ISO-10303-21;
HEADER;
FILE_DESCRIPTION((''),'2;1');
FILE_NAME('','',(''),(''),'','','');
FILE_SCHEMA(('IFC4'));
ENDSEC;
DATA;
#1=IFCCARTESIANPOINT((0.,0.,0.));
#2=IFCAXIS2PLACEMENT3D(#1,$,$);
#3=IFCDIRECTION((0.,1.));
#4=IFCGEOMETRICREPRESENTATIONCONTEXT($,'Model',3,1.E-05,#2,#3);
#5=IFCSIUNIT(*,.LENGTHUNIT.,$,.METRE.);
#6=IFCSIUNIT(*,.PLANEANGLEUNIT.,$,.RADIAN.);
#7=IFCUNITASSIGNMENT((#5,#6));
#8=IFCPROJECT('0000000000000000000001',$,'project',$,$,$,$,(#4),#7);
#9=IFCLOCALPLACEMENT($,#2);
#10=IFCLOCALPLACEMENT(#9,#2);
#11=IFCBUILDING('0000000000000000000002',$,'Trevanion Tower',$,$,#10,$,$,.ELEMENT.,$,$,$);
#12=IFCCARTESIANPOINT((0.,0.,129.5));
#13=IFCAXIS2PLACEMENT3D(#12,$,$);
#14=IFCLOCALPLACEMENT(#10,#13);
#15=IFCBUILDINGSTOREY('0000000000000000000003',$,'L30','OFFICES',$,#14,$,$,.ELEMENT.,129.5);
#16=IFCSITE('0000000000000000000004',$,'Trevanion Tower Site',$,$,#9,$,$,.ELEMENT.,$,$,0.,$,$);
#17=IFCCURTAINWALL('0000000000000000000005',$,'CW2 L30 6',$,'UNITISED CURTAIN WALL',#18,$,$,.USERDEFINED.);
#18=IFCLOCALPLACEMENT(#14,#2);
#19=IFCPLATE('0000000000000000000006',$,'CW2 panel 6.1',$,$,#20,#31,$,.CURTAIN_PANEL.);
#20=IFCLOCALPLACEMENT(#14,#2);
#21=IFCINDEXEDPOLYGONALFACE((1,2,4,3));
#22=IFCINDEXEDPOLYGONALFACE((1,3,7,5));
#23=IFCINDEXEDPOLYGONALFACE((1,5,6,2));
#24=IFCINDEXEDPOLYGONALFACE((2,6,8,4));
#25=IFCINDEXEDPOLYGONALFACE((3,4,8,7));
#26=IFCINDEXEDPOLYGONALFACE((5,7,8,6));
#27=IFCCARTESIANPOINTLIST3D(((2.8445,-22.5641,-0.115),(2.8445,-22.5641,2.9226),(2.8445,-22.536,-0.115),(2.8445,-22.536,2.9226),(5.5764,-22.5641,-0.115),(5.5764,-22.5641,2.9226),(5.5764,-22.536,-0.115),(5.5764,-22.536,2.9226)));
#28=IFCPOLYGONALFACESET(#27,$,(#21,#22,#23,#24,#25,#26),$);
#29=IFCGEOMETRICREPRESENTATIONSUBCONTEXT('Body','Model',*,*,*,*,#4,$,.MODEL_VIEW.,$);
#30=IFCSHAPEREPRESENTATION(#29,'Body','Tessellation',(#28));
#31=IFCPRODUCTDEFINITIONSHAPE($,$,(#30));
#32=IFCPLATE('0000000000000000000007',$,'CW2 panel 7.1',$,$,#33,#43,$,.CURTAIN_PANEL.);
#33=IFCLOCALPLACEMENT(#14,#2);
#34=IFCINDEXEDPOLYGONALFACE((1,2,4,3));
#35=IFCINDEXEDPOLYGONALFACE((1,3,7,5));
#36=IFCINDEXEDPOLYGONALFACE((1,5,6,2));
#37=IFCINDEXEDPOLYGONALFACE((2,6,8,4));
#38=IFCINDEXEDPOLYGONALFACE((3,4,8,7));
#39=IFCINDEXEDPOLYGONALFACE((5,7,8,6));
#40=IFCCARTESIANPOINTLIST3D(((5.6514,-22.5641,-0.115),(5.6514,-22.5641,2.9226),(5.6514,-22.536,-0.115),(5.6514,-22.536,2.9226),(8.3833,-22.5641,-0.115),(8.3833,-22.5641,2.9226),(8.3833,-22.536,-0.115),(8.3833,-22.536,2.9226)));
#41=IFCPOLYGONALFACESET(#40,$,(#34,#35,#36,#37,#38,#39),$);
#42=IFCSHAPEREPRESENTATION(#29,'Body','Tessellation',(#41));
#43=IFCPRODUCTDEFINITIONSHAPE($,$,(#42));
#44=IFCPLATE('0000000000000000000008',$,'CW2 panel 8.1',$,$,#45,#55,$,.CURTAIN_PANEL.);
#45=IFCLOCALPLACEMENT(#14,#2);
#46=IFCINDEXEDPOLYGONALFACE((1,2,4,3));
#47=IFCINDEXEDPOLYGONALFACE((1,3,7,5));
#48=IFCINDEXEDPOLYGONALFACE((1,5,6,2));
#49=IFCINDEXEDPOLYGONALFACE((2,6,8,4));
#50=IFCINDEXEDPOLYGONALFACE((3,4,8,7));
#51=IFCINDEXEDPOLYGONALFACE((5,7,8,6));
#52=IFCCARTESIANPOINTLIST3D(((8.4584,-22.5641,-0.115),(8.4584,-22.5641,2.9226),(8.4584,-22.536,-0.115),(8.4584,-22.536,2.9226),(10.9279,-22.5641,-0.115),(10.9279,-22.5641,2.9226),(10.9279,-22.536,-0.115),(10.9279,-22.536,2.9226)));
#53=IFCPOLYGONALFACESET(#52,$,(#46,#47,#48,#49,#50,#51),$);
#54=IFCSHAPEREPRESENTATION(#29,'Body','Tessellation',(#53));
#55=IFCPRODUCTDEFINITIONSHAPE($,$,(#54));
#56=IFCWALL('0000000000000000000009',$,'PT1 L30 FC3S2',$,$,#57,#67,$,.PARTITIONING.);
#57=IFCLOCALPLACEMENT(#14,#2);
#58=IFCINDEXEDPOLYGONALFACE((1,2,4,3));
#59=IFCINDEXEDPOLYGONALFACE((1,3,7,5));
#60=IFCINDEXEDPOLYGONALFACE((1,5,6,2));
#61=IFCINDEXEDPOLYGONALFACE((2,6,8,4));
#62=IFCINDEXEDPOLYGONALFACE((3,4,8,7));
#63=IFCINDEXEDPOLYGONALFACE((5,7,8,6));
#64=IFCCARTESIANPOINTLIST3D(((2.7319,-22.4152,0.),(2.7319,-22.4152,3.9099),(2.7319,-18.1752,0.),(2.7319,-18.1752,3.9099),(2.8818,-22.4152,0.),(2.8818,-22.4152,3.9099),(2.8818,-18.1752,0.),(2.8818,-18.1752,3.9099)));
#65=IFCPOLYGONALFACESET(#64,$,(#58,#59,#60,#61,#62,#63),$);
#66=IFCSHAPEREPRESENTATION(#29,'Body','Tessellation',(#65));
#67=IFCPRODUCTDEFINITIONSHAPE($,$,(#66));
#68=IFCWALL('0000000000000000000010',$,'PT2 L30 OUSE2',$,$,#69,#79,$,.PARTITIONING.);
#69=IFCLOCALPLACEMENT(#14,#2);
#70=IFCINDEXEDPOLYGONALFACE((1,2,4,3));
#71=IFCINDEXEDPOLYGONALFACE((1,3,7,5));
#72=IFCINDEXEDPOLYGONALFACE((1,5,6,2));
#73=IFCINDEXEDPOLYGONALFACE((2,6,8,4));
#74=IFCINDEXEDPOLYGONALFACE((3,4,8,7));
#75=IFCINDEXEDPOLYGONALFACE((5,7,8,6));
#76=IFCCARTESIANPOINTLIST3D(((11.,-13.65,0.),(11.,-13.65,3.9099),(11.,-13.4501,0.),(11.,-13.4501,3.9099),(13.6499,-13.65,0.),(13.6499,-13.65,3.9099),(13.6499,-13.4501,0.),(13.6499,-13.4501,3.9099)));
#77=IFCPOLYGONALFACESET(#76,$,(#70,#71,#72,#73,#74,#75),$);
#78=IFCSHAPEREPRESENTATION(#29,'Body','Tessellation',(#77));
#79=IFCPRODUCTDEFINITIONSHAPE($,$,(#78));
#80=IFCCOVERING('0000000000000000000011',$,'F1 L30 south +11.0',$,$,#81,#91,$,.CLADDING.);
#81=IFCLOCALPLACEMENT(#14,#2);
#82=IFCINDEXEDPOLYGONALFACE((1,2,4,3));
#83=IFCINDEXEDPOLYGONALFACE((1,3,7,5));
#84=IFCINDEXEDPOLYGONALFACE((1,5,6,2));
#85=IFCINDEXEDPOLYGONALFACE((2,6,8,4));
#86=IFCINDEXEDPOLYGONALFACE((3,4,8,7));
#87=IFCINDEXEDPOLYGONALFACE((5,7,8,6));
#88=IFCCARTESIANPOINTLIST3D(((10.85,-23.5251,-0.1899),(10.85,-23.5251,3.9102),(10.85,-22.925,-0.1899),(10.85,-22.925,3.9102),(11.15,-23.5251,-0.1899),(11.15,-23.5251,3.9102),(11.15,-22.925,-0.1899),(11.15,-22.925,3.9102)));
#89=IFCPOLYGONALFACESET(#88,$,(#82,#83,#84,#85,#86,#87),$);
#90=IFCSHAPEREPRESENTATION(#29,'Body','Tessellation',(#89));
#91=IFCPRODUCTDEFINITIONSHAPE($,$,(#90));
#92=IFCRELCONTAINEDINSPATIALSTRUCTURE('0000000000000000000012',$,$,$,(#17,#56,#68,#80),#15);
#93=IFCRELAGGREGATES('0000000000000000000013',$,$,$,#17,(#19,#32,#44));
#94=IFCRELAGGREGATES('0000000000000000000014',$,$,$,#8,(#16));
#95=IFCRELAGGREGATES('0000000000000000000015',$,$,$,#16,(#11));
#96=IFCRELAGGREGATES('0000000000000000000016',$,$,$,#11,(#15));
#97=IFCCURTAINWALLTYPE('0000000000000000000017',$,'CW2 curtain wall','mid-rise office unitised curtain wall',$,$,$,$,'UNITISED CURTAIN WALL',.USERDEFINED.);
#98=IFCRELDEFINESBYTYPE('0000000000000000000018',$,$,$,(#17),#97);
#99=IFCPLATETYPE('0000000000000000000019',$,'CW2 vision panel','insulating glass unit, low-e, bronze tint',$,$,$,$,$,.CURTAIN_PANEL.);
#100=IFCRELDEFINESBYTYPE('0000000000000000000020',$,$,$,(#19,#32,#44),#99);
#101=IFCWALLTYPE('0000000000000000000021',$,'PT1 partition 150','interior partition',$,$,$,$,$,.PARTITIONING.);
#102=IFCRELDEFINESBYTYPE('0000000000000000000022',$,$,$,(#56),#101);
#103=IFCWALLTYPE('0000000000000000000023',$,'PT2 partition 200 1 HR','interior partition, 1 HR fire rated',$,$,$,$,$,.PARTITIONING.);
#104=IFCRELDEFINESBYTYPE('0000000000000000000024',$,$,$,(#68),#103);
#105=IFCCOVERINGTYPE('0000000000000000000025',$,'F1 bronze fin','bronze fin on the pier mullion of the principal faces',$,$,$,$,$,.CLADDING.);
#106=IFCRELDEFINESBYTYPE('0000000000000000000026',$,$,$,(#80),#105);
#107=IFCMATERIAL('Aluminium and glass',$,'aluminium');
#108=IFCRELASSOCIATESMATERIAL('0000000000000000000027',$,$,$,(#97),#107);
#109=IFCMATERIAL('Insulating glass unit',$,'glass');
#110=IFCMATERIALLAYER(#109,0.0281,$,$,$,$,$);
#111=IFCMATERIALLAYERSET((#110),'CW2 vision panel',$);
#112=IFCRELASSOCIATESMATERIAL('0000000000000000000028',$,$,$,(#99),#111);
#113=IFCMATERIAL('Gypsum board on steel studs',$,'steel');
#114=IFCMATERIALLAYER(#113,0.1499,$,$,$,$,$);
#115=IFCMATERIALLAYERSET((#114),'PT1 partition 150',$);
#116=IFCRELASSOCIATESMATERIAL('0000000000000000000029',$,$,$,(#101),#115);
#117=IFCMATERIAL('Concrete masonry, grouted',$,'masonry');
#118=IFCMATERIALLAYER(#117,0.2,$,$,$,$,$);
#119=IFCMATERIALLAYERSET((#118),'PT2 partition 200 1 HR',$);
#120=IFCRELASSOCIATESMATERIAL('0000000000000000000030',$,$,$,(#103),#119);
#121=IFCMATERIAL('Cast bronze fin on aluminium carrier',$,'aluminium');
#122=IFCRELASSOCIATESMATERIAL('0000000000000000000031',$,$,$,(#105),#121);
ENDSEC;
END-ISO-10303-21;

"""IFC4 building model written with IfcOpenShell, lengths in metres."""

from ifc_helpers import new_model, si_unit, direction, frame, frame_2d, origin, origin_2d, place, context, subcontext, project, spatial, rectangle, extrude, material, layer, layer_set, type_object, element, aggregate, save


model = new_model("IFC4")

# Units and contexts
model_context = context("Model", 3, precision=1e-05, world=origin(), true_north=direction((0.0, 1.0)))
body_context = subcontext(model_context, "Body", "Model", "MODEL_VIEW")
ifc_project = project(units=[si_unit("LENGTHUNIT", "METRE"), si_unit("PLANEANGLEUNIT", "RADIAN")], contexts=[model_context])

# Site, building, storey
site_placement = place(None, origin())
site = spatial("IfcSite", under=ifc_project, at=site_placement, Name="Trevanion Tower Site", CompositionType="ELEMENT", RefElevation=0.0)
building_placement = place(site_placement, origin())
building = spatial("IfcBuilding", under=site, at=building_placement, Name="Trevanion Tower", CompositionType="ELEMENT")
storey_placement = place(building_placement, frame((0.0, 0.0, 129.5)))
storey = spatial("IfcBuildingStorey", under=building, at=storey_placement, Name="L30", Description="OFFICES", CompositionType="ELEMENT", Elevation=129.5)

# Curtain wall
ifc_material_1 = material(Name="Aluminium and glass", Category="aluminium")
curtain_wall_type = type_object("IfcCurtainWallType", Name="CW2 curtain wall", Description="mid-rise office unitised curtain wall", ElementType="UNITISED CURTAIN WALL", PredefinedType="USERDEFINED", material=ifc_material_1)
curtain_wall_1_placement = place(storey_placement, origin())
curtain_wall_1 = element("IfcCurtainWall", 1, at=curtain_wall_1_placement, inside=storey, type_object=curtain_wall_type, Name="CW2 L30 6", ObjectType="UNITISED CURTAIN WALL", PredefinedType="USERDEFINED")

# Plates
ifc_material_2 = material(Name="Insulating glass unit", Category="glass")
ifc_layer_1 = layer(ifc_material_2, 0.0281)
ifc_layer_set_1 = layer_set([ifc_layer_1], Name="CW2 vision panel")
plate_type_1 = type_object("IfcPlateType", Name="CW2 vision panel", Description="insulating glass unit, low-e, bronze tint", PredefinedType="CURTAIN_PANEL", material=ifc_layer_set_1)
plate_1_placement = place(storey_placement, frame((4.2104, -22.55, -0.115), z_axis=(0.0, 0.0, 1.0), x_axis=(1.0, 0.0, 0.0)))
plate_1 = element("IfcPlate", 2, at=plate_1_placement, type_object=plate_type_1, Name="CW2 panel 6.1", PredefinedType="CURTAIN_PANEL", context=body_context, shape_type="SweptSolid", body=[
    extrude(rectangle(XDim=2.7319, YDim=0.0281, at=origin_2d()), origin(), (0.0, 0.0, 1.0), 3.0376),
])
plate_2_placement = place(storey_placement, frame((7.0173, -22.55, -0.115), z_axis=(0.0, 0.0, 1.0), x_axis=(1.0, 0.0, 0.0)))
plate_2 = element("IfcPlate", 3, at=plate_2_placement, type_object=plate_type_1, Name="CW2 panel 7.1", PredefinedType="CURTAIN_PANEL", context=body_context, shape_type="SweptSolid", body=[
    extrude(rectangle(XDim=2.7319, YDim=0.0281, at=origin_2d()), origin(), (0.0, 0.0, 1.0), 3.0376),
])
plate_3_placement = place(storey_placement, frame((9.6931, -22.55, -0.115), z_axis=(0.0, 0.0, 1.0), x_axis=(1.0, 0.0, 0.0)))
plate_3 = element("IfcPlate", 4, at=plate_3_placement, type_object=plate_type_1, Name="CW2 panel 8.1", PredefinedType="CURTAIN_PANEL", context=body_context, shape_type="SweptSolid", body=[
    extrude(rectangle(XDim=2.4695, YDim=0.0281, at=origin_2d()), origin(), (0.0, 0.0, 1.0), 3.0376),
])
aggregate(curtain_wall_1, [plate_1, plate_2, plate_3])

# Walls
ifc_material_3 = material(Name="Gypsum board on steel studs", Category="steel")
ifc_layer_2 = layer(ifc_material_3, 0.1499)
ifc_layer_set_2 = layer_set([ifc_layer_2], Name="PT1 partition 150")
wall_type_1 = type_object("IfcWallType", Name="PT1 partition 150", Description="interior partition", PredefinedType="PARTITIONING", material=ifc_layer_set_2)
wall_1_placement = place(storey_placement, frame((2.8069, -18.175, 0.0), z_axis=(0.0, 0.0, 1.0), x_axis=(0.0, -1.0, 0.0)))
element("IfcWall", 5, at=wall_1_placement, inside=storey, type_object=wall_type_1, Name="PT1 L30 FC3S2", PredefinedType="PARTITIONING", context=body_context, shape_type="SweptSolid", body=[
    extrude(rectangle(XDim=4.24, YDim=0.1499, at=frame_2d((2.1201, 0.0))), origin(), (0.0, 0.0, 1.0), 3.9099),
])
ifc_material_4 = material(Name="Concrete masonry, grouted", Category="masonry")
ifc_layer_3 = layer(ifc_material_4, 0.2)
ifc_layer_set_3 = layer_set([ifc_layer_3], Name="PT2 partition 200 1 HR")
wall_type_2 = type_object("IfcWallType", Name="PT2 partition 200 1 HR", Description="interior partition, 1 HR fire rated", PredefinedType="PARTITIONING", material=ifc_layer_set_3)
wall_2_placement = place(storey_placement, frame((11.0, -13.55, 0.0), z_axis=(0.0, 0.0, 1.0), x_axis=(1.0, 0.0, 0.0)))
element("IfcWall", 6, at=wall_2_placement, inside=storey, type_object=wall_type_2, Name="PT2 L30 OUSE2", PredefinedType="PARTITIONING", context=body_context, shape_type="SweptSolid", body=[
    extrude(rectangle(XDim=2.6499, YDim=0.2, at=frame_2d((1.325, 0.0))), origin(), (0.0, 0.0, 1.0), 3.9099),
])

# Covering
ifc_material_5 = material(Name="Cast bronze fin on aluminium carrier", Category="aluminium")
covering_type = type_object("IfcCoveringType", Name="F1 bronze fin", Description="bronze fin on the pier mullion of the principal faces", PredefinedType="CLADDING", material=ifc_material_5)
covering_placement = place(storey_placement, frame((11.0, -23.2251, -0.1899), z_axis=(0.0, 0.0, 1.0), x_axis=(1.0, 0.0, 0.0)))
element("IfcCovering", 7, at=covering_placement, inside=storey, type_object=covering_type, Name="F1 L30 south +11.0", PredefinedType="CLADDING", context=body_context, shape_type="SweptSolid", body=[
    extrude(rectangle(XDim=0.3, YDim=0.6001, at=origin_2d()), origin(), (0.0, 0.0, 1.0), 4.1001),
])

save(model, "model.ifc")
